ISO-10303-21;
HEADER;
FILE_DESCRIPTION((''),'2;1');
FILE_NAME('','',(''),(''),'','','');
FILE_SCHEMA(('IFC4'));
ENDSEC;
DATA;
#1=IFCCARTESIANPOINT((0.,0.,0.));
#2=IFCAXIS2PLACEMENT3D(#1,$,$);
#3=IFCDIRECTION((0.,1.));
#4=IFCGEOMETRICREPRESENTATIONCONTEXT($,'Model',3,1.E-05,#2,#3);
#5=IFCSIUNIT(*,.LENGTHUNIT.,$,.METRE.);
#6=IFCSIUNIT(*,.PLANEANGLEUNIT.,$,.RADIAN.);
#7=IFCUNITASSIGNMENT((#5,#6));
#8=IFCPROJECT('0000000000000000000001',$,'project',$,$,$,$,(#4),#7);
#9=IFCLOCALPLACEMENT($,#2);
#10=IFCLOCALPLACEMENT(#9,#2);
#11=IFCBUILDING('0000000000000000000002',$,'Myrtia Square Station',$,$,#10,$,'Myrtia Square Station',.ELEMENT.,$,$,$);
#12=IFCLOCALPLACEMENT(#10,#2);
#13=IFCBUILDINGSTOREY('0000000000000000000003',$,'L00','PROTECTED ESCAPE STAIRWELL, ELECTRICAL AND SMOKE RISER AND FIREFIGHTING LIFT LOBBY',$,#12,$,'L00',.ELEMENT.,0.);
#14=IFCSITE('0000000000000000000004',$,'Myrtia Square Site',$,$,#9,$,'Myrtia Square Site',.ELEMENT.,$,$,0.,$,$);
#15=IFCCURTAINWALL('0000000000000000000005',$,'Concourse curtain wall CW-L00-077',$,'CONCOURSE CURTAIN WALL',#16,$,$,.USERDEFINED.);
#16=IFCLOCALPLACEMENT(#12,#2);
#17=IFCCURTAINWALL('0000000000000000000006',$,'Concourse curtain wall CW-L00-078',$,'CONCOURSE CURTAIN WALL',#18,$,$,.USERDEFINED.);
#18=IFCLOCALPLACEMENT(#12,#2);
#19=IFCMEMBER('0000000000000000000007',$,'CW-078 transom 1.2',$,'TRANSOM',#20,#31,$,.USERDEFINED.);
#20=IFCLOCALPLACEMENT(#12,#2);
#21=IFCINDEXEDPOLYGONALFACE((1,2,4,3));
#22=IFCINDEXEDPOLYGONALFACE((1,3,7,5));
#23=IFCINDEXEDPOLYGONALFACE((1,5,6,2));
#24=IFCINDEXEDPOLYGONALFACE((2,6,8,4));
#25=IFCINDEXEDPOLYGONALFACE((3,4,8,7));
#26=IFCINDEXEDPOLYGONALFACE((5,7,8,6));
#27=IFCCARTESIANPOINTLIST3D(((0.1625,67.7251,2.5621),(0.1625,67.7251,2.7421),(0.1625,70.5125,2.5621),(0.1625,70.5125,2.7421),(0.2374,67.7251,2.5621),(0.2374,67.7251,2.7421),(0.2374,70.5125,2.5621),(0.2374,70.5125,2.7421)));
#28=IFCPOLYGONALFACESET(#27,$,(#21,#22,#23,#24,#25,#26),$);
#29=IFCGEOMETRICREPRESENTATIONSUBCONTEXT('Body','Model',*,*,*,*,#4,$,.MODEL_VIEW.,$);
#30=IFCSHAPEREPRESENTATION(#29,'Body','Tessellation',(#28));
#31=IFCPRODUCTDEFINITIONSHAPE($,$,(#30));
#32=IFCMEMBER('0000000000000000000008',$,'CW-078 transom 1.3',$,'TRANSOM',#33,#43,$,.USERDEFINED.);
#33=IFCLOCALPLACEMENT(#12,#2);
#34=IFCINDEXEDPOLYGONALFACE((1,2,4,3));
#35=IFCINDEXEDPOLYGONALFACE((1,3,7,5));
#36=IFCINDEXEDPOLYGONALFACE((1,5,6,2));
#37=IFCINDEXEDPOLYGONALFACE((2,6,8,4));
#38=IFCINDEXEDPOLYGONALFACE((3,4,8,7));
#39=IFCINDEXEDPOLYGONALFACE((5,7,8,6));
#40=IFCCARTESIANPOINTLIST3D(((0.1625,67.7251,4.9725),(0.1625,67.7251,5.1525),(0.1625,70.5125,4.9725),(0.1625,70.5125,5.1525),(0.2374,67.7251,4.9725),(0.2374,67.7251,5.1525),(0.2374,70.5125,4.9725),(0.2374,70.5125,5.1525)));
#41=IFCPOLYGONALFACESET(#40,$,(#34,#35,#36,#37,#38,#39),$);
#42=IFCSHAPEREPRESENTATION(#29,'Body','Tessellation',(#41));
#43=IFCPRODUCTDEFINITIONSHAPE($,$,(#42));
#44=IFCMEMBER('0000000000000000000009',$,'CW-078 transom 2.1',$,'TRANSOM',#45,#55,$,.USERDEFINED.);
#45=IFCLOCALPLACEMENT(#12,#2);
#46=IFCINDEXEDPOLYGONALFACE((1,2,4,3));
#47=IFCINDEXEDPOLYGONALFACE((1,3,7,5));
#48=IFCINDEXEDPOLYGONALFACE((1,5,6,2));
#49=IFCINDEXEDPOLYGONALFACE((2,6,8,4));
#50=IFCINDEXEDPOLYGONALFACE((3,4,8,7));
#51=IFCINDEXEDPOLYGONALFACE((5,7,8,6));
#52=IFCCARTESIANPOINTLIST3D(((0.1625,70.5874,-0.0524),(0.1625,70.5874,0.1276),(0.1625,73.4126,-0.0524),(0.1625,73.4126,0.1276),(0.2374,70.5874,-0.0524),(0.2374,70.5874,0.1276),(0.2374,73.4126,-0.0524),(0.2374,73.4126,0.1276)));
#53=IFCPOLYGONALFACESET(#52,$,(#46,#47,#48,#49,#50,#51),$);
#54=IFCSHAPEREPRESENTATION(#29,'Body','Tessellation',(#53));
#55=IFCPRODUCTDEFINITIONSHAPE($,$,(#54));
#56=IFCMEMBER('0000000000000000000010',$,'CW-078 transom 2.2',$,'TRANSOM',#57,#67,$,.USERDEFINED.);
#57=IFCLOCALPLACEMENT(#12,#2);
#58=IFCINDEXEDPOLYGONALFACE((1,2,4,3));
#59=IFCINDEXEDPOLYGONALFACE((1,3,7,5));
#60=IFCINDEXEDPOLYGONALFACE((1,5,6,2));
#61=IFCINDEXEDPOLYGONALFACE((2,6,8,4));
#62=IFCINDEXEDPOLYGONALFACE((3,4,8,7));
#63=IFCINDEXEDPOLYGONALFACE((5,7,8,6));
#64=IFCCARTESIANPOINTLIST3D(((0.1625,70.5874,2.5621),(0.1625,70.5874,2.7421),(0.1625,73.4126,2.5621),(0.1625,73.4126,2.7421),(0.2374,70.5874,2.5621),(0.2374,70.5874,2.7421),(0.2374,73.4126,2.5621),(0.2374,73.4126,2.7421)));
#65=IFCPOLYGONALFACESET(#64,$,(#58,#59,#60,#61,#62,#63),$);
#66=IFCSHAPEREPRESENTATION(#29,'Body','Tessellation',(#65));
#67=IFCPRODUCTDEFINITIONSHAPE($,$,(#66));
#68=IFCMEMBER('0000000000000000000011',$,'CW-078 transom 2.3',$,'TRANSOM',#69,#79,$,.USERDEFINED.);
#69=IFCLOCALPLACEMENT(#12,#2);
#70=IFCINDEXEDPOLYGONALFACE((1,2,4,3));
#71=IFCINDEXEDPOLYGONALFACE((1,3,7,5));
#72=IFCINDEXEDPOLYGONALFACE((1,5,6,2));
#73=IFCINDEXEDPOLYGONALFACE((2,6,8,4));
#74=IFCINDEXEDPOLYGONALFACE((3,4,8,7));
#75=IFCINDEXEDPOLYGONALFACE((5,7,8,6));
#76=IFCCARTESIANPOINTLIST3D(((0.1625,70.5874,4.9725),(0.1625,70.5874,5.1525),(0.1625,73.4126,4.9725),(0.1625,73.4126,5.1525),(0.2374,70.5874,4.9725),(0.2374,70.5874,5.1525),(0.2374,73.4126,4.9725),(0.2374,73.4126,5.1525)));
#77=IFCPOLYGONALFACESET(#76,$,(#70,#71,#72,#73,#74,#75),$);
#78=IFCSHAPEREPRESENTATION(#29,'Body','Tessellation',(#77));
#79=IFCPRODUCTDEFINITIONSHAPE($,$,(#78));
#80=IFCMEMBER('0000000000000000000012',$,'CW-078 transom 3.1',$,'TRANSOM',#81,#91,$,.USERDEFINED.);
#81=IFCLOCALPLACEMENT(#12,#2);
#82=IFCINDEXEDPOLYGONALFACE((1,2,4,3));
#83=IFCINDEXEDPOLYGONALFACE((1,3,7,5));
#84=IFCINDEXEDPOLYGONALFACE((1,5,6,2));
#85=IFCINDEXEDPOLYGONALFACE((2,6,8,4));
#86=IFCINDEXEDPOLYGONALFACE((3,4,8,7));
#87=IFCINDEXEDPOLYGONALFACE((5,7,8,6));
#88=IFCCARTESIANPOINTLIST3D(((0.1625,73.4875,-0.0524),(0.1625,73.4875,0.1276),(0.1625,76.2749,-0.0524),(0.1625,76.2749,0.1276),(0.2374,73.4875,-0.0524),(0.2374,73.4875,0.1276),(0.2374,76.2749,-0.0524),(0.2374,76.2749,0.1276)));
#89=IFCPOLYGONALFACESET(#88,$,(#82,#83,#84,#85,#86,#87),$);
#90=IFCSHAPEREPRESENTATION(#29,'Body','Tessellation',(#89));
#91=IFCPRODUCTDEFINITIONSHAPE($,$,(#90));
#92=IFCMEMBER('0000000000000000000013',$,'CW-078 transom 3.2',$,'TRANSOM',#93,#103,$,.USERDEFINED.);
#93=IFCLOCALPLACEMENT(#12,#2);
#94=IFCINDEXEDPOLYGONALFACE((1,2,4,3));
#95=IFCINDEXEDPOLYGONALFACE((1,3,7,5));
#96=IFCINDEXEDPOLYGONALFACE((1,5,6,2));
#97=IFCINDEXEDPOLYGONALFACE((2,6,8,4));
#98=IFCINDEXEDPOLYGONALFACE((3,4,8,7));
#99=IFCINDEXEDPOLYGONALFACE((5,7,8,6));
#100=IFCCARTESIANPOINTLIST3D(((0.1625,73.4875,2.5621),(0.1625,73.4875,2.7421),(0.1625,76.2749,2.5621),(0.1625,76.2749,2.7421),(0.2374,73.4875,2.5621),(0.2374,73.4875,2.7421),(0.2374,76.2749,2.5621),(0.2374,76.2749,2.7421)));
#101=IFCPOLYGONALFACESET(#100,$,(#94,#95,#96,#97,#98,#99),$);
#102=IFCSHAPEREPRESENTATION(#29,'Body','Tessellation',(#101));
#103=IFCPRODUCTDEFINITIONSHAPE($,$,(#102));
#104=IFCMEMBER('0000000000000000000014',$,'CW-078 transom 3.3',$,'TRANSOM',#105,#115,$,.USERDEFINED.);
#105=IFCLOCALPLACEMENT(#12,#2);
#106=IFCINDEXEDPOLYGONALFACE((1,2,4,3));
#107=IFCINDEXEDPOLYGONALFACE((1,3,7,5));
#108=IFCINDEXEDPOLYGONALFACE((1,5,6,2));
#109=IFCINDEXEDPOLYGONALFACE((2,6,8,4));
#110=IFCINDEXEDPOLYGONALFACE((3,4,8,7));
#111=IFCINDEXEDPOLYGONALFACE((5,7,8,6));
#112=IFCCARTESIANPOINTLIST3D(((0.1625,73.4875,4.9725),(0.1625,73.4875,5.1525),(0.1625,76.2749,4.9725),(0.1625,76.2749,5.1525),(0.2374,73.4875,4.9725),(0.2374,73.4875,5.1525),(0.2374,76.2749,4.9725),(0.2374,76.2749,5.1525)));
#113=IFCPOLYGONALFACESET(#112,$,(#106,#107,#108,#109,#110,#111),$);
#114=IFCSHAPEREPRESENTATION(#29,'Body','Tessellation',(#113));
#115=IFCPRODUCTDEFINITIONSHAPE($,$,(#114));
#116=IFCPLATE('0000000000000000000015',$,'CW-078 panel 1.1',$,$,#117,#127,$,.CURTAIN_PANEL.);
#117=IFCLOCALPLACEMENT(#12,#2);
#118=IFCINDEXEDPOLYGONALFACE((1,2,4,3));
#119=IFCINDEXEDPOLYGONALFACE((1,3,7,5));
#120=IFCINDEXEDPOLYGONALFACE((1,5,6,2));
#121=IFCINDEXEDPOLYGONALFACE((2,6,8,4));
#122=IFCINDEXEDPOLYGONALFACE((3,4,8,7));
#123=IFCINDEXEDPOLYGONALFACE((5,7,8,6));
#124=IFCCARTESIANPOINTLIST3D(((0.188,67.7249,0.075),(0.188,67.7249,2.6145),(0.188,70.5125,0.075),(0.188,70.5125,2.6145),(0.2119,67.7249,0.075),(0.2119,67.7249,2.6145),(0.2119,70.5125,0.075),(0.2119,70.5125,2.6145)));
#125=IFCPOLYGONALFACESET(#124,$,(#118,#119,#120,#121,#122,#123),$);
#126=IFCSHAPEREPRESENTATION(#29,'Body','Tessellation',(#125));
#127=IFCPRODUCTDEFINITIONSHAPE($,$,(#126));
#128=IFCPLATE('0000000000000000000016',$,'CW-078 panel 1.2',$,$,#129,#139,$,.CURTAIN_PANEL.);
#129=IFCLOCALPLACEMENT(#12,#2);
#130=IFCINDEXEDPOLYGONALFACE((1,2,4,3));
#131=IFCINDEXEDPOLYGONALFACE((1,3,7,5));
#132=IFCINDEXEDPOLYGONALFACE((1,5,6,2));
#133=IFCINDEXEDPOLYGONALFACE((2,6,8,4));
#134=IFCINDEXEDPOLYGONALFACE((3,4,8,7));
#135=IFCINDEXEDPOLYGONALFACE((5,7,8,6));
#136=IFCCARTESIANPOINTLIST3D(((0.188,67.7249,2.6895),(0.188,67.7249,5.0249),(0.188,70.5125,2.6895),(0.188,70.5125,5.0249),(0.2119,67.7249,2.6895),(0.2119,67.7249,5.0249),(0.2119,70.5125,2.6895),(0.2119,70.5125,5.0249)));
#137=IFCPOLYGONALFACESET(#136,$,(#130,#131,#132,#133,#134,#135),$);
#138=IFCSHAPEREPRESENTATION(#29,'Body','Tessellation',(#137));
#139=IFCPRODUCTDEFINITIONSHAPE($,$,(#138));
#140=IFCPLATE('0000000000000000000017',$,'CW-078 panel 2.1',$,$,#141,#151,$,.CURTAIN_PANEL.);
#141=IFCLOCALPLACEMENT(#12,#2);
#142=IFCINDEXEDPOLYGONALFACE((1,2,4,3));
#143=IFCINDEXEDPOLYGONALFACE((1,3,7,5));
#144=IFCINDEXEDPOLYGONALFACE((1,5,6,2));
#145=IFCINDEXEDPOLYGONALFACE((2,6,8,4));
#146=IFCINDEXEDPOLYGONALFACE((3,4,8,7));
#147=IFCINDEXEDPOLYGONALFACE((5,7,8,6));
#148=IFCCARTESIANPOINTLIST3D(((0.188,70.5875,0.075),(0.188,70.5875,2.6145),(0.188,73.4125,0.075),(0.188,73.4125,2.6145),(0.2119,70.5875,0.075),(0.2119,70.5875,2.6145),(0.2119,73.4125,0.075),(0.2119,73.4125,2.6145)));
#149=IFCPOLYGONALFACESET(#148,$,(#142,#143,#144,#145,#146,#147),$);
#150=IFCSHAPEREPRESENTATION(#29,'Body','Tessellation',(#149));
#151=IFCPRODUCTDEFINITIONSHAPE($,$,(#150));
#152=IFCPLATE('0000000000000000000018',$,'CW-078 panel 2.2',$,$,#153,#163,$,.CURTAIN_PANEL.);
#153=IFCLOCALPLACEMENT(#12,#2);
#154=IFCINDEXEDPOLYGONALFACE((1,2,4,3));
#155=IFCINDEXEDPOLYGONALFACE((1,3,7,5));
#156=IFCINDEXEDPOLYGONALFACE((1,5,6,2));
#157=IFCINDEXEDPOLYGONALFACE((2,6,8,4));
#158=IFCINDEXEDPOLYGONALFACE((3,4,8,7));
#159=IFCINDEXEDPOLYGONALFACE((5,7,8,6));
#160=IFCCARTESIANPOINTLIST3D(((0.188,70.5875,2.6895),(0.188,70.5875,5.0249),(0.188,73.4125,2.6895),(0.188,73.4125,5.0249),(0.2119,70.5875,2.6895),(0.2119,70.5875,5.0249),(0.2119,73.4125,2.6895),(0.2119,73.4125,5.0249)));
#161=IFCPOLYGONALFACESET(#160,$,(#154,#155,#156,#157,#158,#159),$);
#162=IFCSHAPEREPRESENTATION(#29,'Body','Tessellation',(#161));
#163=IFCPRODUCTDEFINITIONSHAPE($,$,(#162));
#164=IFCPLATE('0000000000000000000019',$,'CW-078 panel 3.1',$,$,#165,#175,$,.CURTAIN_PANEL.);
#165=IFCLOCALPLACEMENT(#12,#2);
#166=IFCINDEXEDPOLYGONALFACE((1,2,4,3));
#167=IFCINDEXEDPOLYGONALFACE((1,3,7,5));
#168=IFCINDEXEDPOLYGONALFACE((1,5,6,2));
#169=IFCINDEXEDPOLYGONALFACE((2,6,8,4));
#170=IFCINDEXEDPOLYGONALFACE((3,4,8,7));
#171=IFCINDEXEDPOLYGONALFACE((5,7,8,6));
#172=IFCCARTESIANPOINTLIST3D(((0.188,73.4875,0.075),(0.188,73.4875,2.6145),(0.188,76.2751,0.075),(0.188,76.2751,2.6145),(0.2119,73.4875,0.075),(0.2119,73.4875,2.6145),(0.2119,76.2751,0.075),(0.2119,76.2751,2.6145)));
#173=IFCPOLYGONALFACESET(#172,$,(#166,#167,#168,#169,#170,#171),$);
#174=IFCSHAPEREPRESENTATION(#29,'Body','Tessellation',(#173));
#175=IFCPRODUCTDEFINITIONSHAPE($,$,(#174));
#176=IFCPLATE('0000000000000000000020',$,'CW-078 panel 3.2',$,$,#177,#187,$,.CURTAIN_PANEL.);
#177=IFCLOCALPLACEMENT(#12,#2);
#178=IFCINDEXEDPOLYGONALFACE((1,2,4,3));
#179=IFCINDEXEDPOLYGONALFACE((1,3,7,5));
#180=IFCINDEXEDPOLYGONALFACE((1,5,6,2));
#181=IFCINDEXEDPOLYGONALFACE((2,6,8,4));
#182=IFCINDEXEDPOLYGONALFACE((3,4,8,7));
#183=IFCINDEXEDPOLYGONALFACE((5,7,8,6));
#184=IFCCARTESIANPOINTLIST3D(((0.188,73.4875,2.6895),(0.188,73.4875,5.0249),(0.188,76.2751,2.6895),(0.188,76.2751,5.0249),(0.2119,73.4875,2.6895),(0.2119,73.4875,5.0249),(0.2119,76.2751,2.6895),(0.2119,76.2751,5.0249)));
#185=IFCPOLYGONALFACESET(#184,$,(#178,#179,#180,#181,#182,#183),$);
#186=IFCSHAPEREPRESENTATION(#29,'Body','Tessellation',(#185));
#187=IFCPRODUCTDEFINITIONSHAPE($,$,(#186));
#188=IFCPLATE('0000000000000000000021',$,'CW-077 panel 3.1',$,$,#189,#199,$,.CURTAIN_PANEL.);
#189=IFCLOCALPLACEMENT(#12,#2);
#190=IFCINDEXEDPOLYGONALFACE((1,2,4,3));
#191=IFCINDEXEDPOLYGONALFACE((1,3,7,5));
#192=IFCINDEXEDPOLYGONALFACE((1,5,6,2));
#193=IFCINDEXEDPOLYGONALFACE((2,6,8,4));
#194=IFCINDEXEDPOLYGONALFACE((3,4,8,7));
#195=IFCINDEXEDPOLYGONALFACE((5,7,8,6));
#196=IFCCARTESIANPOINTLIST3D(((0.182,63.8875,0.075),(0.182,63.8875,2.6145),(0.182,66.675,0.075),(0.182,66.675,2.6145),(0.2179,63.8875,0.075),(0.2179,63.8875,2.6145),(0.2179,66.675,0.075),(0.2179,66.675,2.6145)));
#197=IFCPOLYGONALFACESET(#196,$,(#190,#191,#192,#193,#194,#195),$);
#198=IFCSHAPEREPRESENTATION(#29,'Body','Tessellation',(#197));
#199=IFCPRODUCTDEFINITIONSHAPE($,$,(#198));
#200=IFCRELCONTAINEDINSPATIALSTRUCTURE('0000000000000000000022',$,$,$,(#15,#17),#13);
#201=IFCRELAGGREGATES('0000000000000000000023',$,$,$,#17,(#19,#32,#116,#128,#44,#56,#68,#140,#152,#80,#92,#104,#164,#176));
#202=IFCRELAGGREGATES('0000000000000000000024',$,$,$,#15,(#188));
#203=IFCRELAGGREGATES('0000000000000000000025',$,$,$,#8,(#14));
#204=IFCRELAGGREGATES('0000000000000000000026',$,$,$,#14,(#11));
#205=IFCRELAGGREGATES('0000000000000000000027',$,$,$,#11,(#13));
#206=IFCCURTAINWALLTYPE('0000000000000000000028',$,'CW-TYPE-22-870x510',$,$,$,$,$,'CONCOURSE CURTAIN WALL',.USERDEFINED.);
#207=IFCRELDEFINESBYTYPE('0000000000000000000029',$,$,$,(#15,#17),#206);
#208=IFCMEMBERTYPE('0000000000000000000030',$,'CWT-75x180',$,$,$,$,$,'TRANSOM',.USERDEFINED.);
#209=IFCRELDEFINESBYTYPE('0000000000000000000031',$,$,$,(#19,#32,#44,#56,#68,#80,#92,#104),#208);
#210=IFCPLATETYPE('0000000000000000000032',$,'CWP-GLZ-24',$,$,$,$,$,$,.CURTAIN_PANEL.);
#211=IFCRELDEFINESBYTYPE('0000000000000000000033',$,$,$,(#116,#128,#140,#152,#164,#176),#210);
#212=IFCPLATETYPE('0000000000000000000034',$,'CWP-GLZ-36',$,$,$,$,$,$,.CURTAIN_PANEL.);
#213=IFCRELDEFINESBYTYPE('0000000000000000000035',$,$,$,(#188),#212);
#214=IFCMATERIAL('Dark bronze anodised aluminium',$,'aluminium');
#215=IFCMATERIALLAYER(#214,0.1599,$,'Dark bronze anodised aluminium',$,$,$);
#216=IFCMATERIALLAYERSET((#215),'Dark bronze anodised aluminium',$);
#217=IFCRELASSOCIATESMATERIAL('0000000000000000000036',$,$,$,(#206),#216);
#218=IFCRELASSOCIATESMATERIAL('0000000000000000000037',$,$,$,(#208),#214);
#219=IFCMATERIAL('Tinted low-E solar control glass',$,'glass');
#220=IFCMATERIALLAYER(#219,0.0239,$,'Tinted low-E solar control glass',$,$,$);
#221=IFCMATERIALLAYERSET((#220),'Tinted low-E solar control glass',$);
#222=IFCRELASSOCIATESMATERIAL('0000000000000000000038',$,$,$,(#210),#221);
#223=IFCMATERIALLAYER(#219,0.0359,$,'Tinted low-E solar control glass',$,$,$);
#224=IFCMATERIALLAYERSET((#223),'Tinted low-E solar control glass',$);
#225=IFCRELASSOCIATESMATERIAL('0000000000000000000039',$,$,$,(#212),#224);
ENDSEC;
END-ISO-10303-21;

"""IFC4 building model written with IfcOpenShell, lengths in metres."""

from ifc_helpers import new_model, si_unit, direction, frame, origin, origin_2d, place, context, subcontext, project, spatial, rectangle, extrude, material, layer, layer_set, material_profile, profile_set, type_object, element, aggregate, save


model = new_model("IFC4")

# Units and contexts
model_context = context("Model", 3, precision=1e-05, world=origin(), true_north=direction((0.0, 1.0)))
body_context = subcontext(model_context, "Body", "Model", "MODEL_VIEW")
ifc_project = project(units=[si_unit("LENGTHUNIT", "METRE"), si_unit("PLANEANGLEUNIT", "RADIAN")], contexts=[model_context])

# Site, building, storey
site_placement = place(None, origin())
site = spatial("IfcSite", under=ifc_project, at=site_placement, Name="Myrtia Square Site", LongName="Myrtia Square Site", CompositionType="ELEMENT", RefElevation=0.0)
building_placement = place(site_placement, origin())
building = spatial("IfcBuilding", under=site, at=building_placement, Name="Myrtia Square Station", LongName="Myrtia Square Station", CompositionType="ELEMENT")
storey_placement = place(building_placement, origin())
storey = spatial("IfcBuildingStorey", under=building, at=storey_placement, Name="L00", Description="PROTECTED ESCAPE STAIRWELL, ELECTRICAL AND SMOKE RISER AND FIREFIGHTING LIFT LOBBY", LongName="L00", CompositionType="ELEMENT", Elevation=0.0)

# Curtain wall
ifc_material_1 = material(Name="Dark bronze anodised aluminium", Category="aluminium")
ifc_layer_1 = layer(ifc_material_1, 0.1599, Name="Dark bronze anodised aluminium")
ifc_layer_set_1 = layer_set([ifc_layer_1], Name="Dark bronze anodised aluminium")
curtain_wall_type = type_object("IfcCurtainWallType", Name="CW-TYPE-22-870x510", ElementType="CONCOURSE CURTAIN WALL", PredefinedType="USERDEFINED", material=ifc_layer_set_1)
curtain_wall_1_placement = place(storey_placement, origin())
curtain_wall_1 = element("IfcCurtainWall", 1, at=curtain_wall_1_placement, inside=storey, type_object=curtain_wall_type, Name="Concourse curtain wall CW-L00-077", ObjectType="CONCOURSE CURTAIN WALL", PredefinedType="USERDEFINED")

# Curtain wall, members, plates
curtain_wall_2_placement = place(storey_placement, origin())
curtain_wall_2 = element("IfcCurtainWall", 2, at=curtain_wall_2_placement, inside=storey, type_object=curtain_wall_type, Name="Concourse curtain wall CW-L00-078", ObjectType="CONCOURSE CURTAIN WALL", PredefinedType="USERDEFINED")
ifc_material_profile_1 = material_profile(ifc_material_1, rectangle(XDim=0.075, YDim=0.1799, at=origin_2d()), Name="ALU-T 75x180")
ifc_profile_set_1 = profile_set([ifc_material_profile_1], Name="Dark bronze anodised aluminium")
member_type_1 = type_object("IfcMemberType", Name="CWT-75x180", ElementType="TRANSOM", PredefinedType="USERDEFINED", material=ifc_profile_set_1)
member_1_placement = place(storey_placement, frame((0.2, 67.7251, 2.6521), z_axis=(0.0, 1.0, 0.0), x_axis=(-1.0, 0.0, 0.0)))
member_1 = element("IfcMember", 3, at=member_1_placement, type_object=member_type_1, Name="CW-078 transom 1.2", ObjectType="TRANSOM", PredefinedType="USERDEFINED", context=body_context, shape_type="SweptSolid", body=[
    extrude(rectangle(XDim=0.075, YDim=0.1799, at=origin_2d()), origin(), (0.0, 0.0, 1.0), 2.7874),
])
member_2_placement = place(storey_placement, frame((0.2, 67.7251, 5.0625), z_axis=(0.0, 1.0, 0.0), x_axis=(-1.0, 0.0, 0.0)))
member_2 = element("IfcMember", 4, at=member_2_placement, type_object=member_type_1, Name="CW-078 transom 1.3", ObjectType="TRANSOM", PredefinedType="USERDEFINED", context=body_context, shape_type="SweptSolid", body=[
    extrude(rectangle(XDim=0.075, YDim=0.1799, at=origin_2d()), origin(), (0.0, 0.0, 1.0), 2.7874),
])
member_3_placement = place(storey_placement, frame((0.2, 70.5874, 0.0376), z_axis=(0.0, 1.0, 0.0), x_axis=(-1.0, 0.0, 0.0)))
member_3 = element("IfcMember", 5, at=member_3_placement, type_object=member_type_1, Name="CW-078 transom 2.1", ObjectType="TRANSOM", PredefinedType="USERDEFINED", context=body_context, shape_type="SweptSolid", body=[
    extrude(rectangle(XDim=0.075, YDim=0.1799, at=origin_2d()), origin(), (0.0, 0.0, 1.0), 2.8252),
])
member_4_placement = place(storey_placement, frame((0.2, 70.5874, 2.6521), z_axis=(0.0, 1.0, 0.0), x_axis=(-1.0, 0.0, 0.0)))
member_4 = element("IfcMember", 6, at=member_4_placement, type_object=member_type_1, Name="CW-078 transom 2.2", ObjectType="TRANSOM", PredefinedType="USERDEFINED", context=body_context, shape_type="SweptSolid", body=[
    extrude(rectangle(XDim=0.075, YDim=0.1799, at=origin_2d()), origin(), (0.0, 0.0, 1.0), 2.8252),
])
member_5_placement = place(storey_placement, frame((0.2, 70.5874, 5.0625), z_axis=(0.0, 1.0, 0.0), x_axis=(-1.0, 0.0, 0.0)))
member_5 = element("IfcMember", 7, at=member_5_placement, type_object=member_type_1, Name="CW-078 transom 2.3", ObjectType="TRANSOM", PredefinedType="USERDEFINED", context=body_context, shape_type="SweptSolid", body=[
    extrude(rectangle(XDim=0.075, YDim=0.1799, at=origin_2d()), origin(), (0.0, 0.0, 1.0), 2.8252),
])
member_6_placement = place(storey_placement, frame((0.2, 73.4875, 0.0376), z_axis=(0.0, 1.0, 0.0), x_axis=(-1.0, 0.0, 0.0)))
member_6 = element("IfcMember", 8, at=member_6_placement, type_object=member_type_1, Name="CW-078 transom 3.1", ObjectType="TRANSOM", PredefinedType="USERDEFINED", context=body_context, shape_type="SweptSolid", body=[
    extrude(rectangle(XDim=0.075, YDim=0.1799, at=origin_2d()), origin(), (0.0, 0.0, 1.0), 2.7874),
])
member_7_placement = place(storey_placement, frame((0.2, 73.4875, 2.6521), z_axis=(0.0, 1.0, 0.0), x_axis=(-1.0, 0.0, 0.0)))
member_7 = element("IfcMember", 9, at=member_7_placement, type_object=member_type_1, Name="CW-078 transom 3.2", ObjectType="TRANSOM", PredefinedType="USERDEFINED", context=body_context, shape_type="SweptSolid", body=[
    extrude(rectangle(XDim=0.075, YDim=0.1799, at=origin_2d()), origin(), (0.0, 0.0, 1.0), 2.7874),
])
member_8_placement = place(storey_placement, frame((0.2, 73.4875, 5.0625), z_axis=(0.0, 1.0, 0.0), x_axis=(-1.0, 0.0, 0.0)))
member_8 = element("IfcMember", 10, at=member_8_placement, type_object=member_type_1, Name="CW-078 transom 3.3", ObjectType="TRANSOM", PredefinedType="USERDEFINED", context=body_context, shape_type="SweptSolid", body=[
    extrude(rectangle(XDim=0.075, YDim=0.1799, at=origin_2d()), origin(), (0.0, 0.0, 1.0), 2.7874),
])
ifc_material_2 = material(Name="Tinted low-E solar control glass", Category="glass")
ifc_layer_2 = layer(ifc_material_2, 0.0239, Name="Tinted low-E solar control glass")
ifc_layer_set_2 = layer_set([ifc_layer_2], Name="Tinted low-E solar control glass")
plate_type_1 = type_object("IfcPlateType", Name="CWP-GLZ-24", PredefinedType="CURTAIN_PANEL", material=ifc_layer_set_2)
plate_1_placement = place(storey_placement, frame((0.2, 69.1187, 0.075), z_axis=(0.0, 0.0, 1.0), x_axis=(0.0, 1.0, 0.0)))
plate_1 = element("IfcPlate", 11, at=plate_1_placement, type_object=plate_type_1, Name="CW-078 panel 1.1", PredefinedType="CURTAIN_PANEL", context=body_context, shape_type="SweptSolid", body=[
    extrude(rectangle(XDim=2.7876, YDim=0.0239, at=origin_2d()), origin(), (0.0, 0.0, 1.0), 2.5396),
])
plate_2_placement = place(storey_placement, frame((0.2, 69.1187, 2.6895), z_axis=(0.0, 0.0, 1.0), x_axis=(0.0, 1.0, 0.0)))
plate_2 = element("IfcPlate", 12, at=plate_2_placement, type_object=plate_type_1, Name="CW-078 panel 1.2", PredefinedType="CURTAIN_PANEL", context=body_context, shape_type="SweptSolid", body=[
    extrude(rectangle(XDim=2.7876, YDim=0.0239, at=origin_2d()), origin(), (0.0, 0.0, 1.0), 2.3354),
])
plate_3_placement = place(storey_placement, frame((0.2, 72.0, 0.075), z_axis=(0.0, 0.0, 1.0), x_axis=(0.0, 1.0, 0.0)))
plate_3 = element("IfcPlate", 13, at=plate_3_placement, type_object=plate_type_1, Name="CW-078 panel 2.1", PredefinedType="CURTAIN_PANEL", context=body_context, shape_type="SweptSolid", body=[
    extrude(rectangle(XDim=2.825, YDim=0.0239, at=origin_2d()), origin(), (0.0, 0.0, 1.0), 2.5396),
])
plate_4_placement = place(storey_placement, frame((0.2, 72.0, 2.6895), z_axis=(0.0, 0.0, 1.0), x_axis=(0.0, 1.0, 0.0)))
plate_4 = element("IfcPlate", 14, at=plate_4_placement, type_object=plate_type_1, Name="CW-078 panel 2.2", PredefinedType="CURTAIN_PANEL", context=body_context, shape_type="SweptSolid", body=[
    extrude(rectangle(XDim=2.825, YDim=0.0239, at=origin_2d()), origin(), (0.0, 0.0, 1.0), 2.3354),
])
plate_5_placement = place(storey_placement, frame((0.2, 74.8813, 0.075), z_axis=(0.0, 0.0, 1.0), x_axis=(0.0, 1.0, 0.0)))
plate_5 = element("IfcPlate", 15, at=plate_5_placement, type_object=plate_type_1, Name="CW-078 panel 3.1", PredefinedType="CURTAIN_PANEL", context=body_context, shape_type="SweptSolid", body=[
    extrude(rectangle(XDim=2.7876, YDim=0.0239, at=origin_2d()), origin(), (0.0, 0.0, 1.0), 2.5396),
])
plate_6_placement = place(storey_placement, frame((0.2, 74.8813, 2.6895), z_axis=(0.0, 0.0, 1.0), x_axis=(0.0, 1.0, 0.0)))
plate_6 = element("IfcPlate", 16, at=plate_6_placement, type_object=plate_type_1, Name="CW-078 panel 3.2", PredefinedType="CURTAIN_PANEL", context=body_context, shape_type="SweptSolid", body=[
    extrude(rectangle(XDim=2.7876, YDim=0.0239, at=origin_2d()), origin(), (0.0, 0.0, 1.0), 2.3354),
])
aggregate(curtain_wall_2, [member_1, member_2, plate_1, plate_2, member_3, member_4, member_5, plate_3, plate_4, member_6, member_7, member_8, plate_5, plate_6])

# Plate
ifc_layer_3 = layer(ifc_material_2, 0.0359, Name="Tinted low-E solar control glass")
ifc_layer_set_3 = layer_set([ifc_layer_3], Name="Tinted low-E solar control glass")
plate_type_2 = type_object("IfcPlateType", Name="CWP-GLZ-36", PredefinedType="CURTAIN_PANEL", material=ifc_layer_set_3)
plate_7_placement = place(storey_placement, frame((0.2, 65.2812, 0.075), z_axis=(0.0, 0.0, 1.0), x_axis=(0.0, 1.0, 0.0)))
plate_7 = element("IfcPlate", 17, at=plate_7_placement, type_object=plate_type_2, Name="CW-077 panel 3.1", PredefinedType="CURTAIN_PANEL", context=body_context, shape_type="SweptSolid", body=[
    extrude(rectangle(XDim=2.7876, YDim=0.0359, at=origin_2d()), origin(), (0.0, 0.0, 1.0), 2.5396),
])
aggregate(curtain_wall_1, [plate_7])

save(model, "model.ifc")
